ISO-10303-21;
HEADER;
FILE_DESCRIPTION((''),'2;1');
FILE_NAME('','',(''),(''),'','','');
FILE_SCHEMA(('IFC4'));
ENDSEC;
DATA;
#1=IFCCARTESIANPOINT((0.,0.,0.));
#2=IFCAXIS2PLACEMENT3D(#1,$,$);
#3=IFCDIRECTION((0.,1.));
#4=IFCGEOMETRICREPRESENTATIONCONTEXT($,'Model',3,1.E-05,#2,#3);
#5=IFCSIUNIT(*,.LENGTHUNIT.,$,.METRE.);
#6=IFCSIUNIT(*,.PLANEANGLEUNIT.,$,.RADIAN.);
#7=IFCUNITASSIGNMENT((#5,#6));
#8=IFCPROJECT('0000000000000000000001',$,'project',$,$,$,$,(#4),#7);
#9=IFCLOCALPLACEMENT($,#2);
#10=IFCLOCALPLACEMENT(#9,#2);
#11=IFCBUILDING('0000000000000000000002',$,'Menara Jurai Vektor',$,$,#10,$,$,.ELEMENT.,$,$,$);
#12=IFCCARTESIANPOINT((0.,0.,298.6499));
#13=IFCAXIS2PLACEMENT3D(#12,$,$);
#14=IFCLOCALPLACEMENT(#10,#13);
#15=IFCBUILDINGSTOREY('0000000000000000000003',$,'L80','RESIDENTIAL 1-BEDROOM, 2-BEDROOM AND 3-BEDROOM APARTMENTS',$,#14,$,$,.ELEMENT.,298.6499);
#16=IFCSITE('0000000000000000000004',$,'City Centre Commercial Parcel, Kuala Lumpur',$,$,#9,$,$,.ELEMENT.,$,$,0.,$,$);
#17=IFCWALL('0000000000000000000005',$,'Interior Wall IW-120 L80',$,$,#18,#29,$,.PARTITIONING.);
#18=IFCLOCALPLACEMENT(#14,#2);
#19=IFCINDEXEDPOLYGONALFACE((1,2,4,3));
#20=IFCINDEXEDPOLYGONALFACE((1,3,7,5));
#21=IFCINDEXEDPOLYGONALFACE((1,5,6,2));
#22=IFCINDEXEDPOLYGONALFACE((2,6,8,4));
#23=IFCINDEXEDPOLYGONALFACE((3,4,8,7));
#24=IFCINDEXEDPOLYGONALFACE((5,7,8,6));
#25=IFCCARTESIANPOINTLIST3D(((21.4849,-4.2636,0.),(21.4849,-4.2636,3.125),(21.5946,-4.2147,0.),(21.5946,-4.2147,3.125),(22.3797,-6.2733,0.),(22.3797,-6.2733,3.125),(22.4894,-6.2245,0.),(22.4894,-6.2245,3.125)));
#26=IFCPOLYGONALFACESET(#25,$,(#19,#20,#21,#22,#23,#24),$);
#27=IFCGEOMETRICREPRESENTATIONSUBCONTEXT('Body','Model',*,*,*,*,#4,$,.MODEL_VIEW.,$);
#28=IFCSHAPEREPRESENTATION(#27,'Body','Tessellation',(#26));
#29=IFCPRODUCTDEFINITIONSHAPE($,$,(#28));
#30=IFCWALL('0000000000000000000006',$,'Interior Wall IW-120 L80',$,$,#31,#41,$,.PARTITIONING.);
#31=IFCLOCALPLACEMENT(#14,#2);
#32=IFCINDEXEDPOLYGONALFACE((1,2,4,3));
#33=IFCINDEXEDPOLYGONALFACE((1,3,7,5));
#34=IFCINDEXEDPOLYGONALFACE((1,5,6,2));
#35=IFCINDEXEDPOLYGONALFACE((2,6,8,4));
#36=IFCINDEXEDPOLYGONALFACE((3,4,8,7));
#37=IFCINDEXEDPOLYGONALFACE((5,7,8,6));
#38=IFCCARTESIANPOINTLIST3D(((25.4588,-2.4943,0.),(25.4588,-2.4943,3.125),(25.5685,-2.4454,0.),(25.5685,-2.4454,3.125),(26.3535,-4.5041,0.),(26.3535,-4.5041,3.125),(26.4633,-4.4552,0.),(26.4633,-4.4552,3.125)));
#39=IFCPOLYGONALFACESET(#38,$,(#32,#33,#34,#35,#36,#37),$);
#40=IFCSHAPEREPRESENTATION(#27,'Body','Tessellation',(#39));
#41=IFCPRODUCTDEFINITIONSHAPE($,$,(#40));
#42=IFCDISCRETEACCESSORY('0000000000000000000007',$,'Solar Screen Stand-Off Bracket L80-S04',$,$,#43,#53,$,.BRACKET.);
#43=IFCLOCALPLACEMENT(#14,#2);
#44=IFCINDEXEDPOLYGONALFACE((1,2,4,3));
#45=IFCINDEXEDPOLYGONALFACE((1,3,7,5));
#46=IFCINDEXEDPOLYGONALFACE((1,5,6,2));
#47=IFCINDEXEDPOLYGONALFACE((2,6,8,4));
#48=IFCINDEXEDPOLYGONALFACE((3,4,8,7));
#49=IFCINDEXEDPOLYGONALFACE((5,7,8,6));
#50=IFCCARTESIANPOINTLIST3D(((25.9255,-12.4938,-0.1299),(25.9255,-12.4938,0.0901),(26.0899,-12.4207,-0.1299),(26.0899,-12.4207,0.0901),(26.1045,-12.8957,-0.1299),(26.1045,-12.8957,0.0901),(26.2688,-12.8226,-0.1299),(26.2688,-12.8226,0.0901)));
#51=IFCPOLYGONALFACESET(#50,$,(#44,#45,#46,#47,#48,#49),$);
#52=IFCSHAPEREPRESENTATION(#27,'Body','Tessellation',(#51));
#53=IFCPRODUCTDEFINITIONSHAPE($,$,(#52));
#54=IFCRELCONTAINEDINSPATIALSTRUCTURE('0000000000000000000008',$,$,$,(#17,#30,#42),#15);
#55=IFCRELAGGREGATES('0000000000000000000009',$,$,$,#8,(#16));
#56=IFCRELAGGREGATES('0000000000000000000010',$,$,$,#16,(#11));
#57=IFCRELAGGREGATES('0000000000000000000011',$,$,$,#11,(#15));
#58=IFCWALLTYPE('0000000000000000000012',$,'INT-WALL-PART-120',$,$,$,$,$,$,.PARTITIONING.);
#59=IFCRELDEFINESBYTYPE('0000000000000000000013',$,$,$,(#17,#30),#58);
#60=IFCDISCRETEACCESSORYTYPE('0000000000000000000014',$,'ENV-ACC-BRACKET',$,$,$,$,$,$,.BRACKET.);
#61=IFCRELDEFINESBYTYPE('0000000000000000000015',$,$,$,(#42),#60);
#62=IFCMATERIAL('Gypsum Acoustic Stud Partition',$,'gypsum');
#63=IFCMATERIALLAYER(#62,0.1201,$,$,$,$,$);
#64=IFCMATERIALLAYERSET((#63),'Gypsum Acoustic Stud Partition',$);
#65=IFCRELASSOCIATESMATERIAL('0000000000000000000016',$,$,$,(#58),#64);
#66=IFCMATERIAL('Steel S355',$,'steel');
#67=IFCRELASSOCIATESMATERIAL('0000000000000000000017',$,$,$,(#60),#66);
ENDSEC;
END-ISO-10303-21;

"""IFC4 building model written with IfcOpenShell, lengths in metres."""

from ifc_helpers import new_model, si_unit, direction, frame, frame_2d, origin, origin_2d, place, context, subcontext, project, spatial, rectangle, extrude, material, layer, layer_set, type_object, element, save


model = new_model("IFC4")

# Units and contexts
model_context = context("Model", 3, precision=1e-05, world=origin(), true_north=direction((0.0, 1.0)))
body_context = subcontext(model_context, "Body", "Model", "MODEL_VIEW")
ifc_project = project(units=[si_unit("LENGTHUNIT", "METRE"), si_unit("PLANEANGLEUNIT", "RADIAN")], contexts=[model_context])

# Site, building, storey
site_placement = place(None, origin())
site = spatial("IfcSite", under=ifc_project, at=site_placement, Name="City Centre Commercial Parcel, Kuala Lumpur", CompositionType="ELEMENT", RefElevation=0.0)
building_placement = place(site_placement, origin())
building = spatial("IfcBuilding", under=site, at=building_placement, Name="Menara Jurai Vektor", CompositionType="ELEMENT")
storey_placement = place(building_placement, frame((0.0, 0.0, 298.6499)))
storey = spatial("IfcBuildingStorey", under=building, at=storey_placement, Name="L80", Description="RESIDENTIAL 1-BEDROOM, 2-BEDROOM AND 3-BEDROOM APARTMENTS", CompositionType="ELEMENT", Elevation=298.6499)

# Shared definitions
ifc_material_1 = material(Name="Steel S355", Category="steel")

# Walls
ifc_material_2 = material(Name="Gypsum Acoustic Stud Partition", Category="gypsum")
ifc_layer_1 = layer(ifc_material_2, 0.1201)
ifc_layer_set_1 = layer_set([ifc_layer_1], Name="Gypsum Acoustic Stud Partition")
wall_type_1 = type_object("IfcWallType", Name="INT-WALL-PART-120", PredefinedType="PARTITIONING", material=ifc_layer_set_1)
for number, where, z_axis, x_axis, name in (
    (1, (22.4346, -6.249, 0.0), (0.0, 0.0, 1.0), (-0.406725, 0.913551, 0.0), "Interior Wall IW-120 L80"),
    (2, (26.4084, -4.4797, 0.0), (0.0, 0.0, 1.0), (-0.406725, 0.913551, 0.0), "Interior Wall IW-120 L80"),
):
    element("IfcWall", number, at=place(storey_placement, frame(where, z_axis=z_axis, x_axis=x_axis)), inside=storey, type_object=wall_type_1, Name=name, PredefinedType="PARTITIONING", context=body_context, shape_type="SweptSolid", body=[
        extrude(rectangle(XDim=2.2, YDim=0.1201, at=frame_2d((1.1001, 0.0))), origin(), (0.0, 0.0, 1.0), 3.125),
    ])

# Discrete accessory
discrete_accessory_type = type_object("IfcDiscreteAccessoryType", Name="ENV-ACC-BRACKET", PredefinedType="BRACKET", material=ifc_material_1)
discrete_accessory_placement = place(storey_placement, frame((26.0972, -12.6582, -0.1299), z_axis=(0.0, 0.0, 1.0), x_axis=(0.913545, 0.406737, 0.0)))
element("IfcDiscreteAccessory", 3, at=discrete_accessory_placement, inside=storey, type_object=discrete_accessory_type, Name="Solar Screen Stand-Off Bracket L80-S04", PredefinedType="BRACKET", context=body_context, shape_type="SweptSolid", body=[
    extrude(rectangle(XDim=0.1799, YDim=0.4399, at=origin_2d()), origin(), (0.0, 0.0, 1.0), 0.22),
])

save(model, "model.ifc")
